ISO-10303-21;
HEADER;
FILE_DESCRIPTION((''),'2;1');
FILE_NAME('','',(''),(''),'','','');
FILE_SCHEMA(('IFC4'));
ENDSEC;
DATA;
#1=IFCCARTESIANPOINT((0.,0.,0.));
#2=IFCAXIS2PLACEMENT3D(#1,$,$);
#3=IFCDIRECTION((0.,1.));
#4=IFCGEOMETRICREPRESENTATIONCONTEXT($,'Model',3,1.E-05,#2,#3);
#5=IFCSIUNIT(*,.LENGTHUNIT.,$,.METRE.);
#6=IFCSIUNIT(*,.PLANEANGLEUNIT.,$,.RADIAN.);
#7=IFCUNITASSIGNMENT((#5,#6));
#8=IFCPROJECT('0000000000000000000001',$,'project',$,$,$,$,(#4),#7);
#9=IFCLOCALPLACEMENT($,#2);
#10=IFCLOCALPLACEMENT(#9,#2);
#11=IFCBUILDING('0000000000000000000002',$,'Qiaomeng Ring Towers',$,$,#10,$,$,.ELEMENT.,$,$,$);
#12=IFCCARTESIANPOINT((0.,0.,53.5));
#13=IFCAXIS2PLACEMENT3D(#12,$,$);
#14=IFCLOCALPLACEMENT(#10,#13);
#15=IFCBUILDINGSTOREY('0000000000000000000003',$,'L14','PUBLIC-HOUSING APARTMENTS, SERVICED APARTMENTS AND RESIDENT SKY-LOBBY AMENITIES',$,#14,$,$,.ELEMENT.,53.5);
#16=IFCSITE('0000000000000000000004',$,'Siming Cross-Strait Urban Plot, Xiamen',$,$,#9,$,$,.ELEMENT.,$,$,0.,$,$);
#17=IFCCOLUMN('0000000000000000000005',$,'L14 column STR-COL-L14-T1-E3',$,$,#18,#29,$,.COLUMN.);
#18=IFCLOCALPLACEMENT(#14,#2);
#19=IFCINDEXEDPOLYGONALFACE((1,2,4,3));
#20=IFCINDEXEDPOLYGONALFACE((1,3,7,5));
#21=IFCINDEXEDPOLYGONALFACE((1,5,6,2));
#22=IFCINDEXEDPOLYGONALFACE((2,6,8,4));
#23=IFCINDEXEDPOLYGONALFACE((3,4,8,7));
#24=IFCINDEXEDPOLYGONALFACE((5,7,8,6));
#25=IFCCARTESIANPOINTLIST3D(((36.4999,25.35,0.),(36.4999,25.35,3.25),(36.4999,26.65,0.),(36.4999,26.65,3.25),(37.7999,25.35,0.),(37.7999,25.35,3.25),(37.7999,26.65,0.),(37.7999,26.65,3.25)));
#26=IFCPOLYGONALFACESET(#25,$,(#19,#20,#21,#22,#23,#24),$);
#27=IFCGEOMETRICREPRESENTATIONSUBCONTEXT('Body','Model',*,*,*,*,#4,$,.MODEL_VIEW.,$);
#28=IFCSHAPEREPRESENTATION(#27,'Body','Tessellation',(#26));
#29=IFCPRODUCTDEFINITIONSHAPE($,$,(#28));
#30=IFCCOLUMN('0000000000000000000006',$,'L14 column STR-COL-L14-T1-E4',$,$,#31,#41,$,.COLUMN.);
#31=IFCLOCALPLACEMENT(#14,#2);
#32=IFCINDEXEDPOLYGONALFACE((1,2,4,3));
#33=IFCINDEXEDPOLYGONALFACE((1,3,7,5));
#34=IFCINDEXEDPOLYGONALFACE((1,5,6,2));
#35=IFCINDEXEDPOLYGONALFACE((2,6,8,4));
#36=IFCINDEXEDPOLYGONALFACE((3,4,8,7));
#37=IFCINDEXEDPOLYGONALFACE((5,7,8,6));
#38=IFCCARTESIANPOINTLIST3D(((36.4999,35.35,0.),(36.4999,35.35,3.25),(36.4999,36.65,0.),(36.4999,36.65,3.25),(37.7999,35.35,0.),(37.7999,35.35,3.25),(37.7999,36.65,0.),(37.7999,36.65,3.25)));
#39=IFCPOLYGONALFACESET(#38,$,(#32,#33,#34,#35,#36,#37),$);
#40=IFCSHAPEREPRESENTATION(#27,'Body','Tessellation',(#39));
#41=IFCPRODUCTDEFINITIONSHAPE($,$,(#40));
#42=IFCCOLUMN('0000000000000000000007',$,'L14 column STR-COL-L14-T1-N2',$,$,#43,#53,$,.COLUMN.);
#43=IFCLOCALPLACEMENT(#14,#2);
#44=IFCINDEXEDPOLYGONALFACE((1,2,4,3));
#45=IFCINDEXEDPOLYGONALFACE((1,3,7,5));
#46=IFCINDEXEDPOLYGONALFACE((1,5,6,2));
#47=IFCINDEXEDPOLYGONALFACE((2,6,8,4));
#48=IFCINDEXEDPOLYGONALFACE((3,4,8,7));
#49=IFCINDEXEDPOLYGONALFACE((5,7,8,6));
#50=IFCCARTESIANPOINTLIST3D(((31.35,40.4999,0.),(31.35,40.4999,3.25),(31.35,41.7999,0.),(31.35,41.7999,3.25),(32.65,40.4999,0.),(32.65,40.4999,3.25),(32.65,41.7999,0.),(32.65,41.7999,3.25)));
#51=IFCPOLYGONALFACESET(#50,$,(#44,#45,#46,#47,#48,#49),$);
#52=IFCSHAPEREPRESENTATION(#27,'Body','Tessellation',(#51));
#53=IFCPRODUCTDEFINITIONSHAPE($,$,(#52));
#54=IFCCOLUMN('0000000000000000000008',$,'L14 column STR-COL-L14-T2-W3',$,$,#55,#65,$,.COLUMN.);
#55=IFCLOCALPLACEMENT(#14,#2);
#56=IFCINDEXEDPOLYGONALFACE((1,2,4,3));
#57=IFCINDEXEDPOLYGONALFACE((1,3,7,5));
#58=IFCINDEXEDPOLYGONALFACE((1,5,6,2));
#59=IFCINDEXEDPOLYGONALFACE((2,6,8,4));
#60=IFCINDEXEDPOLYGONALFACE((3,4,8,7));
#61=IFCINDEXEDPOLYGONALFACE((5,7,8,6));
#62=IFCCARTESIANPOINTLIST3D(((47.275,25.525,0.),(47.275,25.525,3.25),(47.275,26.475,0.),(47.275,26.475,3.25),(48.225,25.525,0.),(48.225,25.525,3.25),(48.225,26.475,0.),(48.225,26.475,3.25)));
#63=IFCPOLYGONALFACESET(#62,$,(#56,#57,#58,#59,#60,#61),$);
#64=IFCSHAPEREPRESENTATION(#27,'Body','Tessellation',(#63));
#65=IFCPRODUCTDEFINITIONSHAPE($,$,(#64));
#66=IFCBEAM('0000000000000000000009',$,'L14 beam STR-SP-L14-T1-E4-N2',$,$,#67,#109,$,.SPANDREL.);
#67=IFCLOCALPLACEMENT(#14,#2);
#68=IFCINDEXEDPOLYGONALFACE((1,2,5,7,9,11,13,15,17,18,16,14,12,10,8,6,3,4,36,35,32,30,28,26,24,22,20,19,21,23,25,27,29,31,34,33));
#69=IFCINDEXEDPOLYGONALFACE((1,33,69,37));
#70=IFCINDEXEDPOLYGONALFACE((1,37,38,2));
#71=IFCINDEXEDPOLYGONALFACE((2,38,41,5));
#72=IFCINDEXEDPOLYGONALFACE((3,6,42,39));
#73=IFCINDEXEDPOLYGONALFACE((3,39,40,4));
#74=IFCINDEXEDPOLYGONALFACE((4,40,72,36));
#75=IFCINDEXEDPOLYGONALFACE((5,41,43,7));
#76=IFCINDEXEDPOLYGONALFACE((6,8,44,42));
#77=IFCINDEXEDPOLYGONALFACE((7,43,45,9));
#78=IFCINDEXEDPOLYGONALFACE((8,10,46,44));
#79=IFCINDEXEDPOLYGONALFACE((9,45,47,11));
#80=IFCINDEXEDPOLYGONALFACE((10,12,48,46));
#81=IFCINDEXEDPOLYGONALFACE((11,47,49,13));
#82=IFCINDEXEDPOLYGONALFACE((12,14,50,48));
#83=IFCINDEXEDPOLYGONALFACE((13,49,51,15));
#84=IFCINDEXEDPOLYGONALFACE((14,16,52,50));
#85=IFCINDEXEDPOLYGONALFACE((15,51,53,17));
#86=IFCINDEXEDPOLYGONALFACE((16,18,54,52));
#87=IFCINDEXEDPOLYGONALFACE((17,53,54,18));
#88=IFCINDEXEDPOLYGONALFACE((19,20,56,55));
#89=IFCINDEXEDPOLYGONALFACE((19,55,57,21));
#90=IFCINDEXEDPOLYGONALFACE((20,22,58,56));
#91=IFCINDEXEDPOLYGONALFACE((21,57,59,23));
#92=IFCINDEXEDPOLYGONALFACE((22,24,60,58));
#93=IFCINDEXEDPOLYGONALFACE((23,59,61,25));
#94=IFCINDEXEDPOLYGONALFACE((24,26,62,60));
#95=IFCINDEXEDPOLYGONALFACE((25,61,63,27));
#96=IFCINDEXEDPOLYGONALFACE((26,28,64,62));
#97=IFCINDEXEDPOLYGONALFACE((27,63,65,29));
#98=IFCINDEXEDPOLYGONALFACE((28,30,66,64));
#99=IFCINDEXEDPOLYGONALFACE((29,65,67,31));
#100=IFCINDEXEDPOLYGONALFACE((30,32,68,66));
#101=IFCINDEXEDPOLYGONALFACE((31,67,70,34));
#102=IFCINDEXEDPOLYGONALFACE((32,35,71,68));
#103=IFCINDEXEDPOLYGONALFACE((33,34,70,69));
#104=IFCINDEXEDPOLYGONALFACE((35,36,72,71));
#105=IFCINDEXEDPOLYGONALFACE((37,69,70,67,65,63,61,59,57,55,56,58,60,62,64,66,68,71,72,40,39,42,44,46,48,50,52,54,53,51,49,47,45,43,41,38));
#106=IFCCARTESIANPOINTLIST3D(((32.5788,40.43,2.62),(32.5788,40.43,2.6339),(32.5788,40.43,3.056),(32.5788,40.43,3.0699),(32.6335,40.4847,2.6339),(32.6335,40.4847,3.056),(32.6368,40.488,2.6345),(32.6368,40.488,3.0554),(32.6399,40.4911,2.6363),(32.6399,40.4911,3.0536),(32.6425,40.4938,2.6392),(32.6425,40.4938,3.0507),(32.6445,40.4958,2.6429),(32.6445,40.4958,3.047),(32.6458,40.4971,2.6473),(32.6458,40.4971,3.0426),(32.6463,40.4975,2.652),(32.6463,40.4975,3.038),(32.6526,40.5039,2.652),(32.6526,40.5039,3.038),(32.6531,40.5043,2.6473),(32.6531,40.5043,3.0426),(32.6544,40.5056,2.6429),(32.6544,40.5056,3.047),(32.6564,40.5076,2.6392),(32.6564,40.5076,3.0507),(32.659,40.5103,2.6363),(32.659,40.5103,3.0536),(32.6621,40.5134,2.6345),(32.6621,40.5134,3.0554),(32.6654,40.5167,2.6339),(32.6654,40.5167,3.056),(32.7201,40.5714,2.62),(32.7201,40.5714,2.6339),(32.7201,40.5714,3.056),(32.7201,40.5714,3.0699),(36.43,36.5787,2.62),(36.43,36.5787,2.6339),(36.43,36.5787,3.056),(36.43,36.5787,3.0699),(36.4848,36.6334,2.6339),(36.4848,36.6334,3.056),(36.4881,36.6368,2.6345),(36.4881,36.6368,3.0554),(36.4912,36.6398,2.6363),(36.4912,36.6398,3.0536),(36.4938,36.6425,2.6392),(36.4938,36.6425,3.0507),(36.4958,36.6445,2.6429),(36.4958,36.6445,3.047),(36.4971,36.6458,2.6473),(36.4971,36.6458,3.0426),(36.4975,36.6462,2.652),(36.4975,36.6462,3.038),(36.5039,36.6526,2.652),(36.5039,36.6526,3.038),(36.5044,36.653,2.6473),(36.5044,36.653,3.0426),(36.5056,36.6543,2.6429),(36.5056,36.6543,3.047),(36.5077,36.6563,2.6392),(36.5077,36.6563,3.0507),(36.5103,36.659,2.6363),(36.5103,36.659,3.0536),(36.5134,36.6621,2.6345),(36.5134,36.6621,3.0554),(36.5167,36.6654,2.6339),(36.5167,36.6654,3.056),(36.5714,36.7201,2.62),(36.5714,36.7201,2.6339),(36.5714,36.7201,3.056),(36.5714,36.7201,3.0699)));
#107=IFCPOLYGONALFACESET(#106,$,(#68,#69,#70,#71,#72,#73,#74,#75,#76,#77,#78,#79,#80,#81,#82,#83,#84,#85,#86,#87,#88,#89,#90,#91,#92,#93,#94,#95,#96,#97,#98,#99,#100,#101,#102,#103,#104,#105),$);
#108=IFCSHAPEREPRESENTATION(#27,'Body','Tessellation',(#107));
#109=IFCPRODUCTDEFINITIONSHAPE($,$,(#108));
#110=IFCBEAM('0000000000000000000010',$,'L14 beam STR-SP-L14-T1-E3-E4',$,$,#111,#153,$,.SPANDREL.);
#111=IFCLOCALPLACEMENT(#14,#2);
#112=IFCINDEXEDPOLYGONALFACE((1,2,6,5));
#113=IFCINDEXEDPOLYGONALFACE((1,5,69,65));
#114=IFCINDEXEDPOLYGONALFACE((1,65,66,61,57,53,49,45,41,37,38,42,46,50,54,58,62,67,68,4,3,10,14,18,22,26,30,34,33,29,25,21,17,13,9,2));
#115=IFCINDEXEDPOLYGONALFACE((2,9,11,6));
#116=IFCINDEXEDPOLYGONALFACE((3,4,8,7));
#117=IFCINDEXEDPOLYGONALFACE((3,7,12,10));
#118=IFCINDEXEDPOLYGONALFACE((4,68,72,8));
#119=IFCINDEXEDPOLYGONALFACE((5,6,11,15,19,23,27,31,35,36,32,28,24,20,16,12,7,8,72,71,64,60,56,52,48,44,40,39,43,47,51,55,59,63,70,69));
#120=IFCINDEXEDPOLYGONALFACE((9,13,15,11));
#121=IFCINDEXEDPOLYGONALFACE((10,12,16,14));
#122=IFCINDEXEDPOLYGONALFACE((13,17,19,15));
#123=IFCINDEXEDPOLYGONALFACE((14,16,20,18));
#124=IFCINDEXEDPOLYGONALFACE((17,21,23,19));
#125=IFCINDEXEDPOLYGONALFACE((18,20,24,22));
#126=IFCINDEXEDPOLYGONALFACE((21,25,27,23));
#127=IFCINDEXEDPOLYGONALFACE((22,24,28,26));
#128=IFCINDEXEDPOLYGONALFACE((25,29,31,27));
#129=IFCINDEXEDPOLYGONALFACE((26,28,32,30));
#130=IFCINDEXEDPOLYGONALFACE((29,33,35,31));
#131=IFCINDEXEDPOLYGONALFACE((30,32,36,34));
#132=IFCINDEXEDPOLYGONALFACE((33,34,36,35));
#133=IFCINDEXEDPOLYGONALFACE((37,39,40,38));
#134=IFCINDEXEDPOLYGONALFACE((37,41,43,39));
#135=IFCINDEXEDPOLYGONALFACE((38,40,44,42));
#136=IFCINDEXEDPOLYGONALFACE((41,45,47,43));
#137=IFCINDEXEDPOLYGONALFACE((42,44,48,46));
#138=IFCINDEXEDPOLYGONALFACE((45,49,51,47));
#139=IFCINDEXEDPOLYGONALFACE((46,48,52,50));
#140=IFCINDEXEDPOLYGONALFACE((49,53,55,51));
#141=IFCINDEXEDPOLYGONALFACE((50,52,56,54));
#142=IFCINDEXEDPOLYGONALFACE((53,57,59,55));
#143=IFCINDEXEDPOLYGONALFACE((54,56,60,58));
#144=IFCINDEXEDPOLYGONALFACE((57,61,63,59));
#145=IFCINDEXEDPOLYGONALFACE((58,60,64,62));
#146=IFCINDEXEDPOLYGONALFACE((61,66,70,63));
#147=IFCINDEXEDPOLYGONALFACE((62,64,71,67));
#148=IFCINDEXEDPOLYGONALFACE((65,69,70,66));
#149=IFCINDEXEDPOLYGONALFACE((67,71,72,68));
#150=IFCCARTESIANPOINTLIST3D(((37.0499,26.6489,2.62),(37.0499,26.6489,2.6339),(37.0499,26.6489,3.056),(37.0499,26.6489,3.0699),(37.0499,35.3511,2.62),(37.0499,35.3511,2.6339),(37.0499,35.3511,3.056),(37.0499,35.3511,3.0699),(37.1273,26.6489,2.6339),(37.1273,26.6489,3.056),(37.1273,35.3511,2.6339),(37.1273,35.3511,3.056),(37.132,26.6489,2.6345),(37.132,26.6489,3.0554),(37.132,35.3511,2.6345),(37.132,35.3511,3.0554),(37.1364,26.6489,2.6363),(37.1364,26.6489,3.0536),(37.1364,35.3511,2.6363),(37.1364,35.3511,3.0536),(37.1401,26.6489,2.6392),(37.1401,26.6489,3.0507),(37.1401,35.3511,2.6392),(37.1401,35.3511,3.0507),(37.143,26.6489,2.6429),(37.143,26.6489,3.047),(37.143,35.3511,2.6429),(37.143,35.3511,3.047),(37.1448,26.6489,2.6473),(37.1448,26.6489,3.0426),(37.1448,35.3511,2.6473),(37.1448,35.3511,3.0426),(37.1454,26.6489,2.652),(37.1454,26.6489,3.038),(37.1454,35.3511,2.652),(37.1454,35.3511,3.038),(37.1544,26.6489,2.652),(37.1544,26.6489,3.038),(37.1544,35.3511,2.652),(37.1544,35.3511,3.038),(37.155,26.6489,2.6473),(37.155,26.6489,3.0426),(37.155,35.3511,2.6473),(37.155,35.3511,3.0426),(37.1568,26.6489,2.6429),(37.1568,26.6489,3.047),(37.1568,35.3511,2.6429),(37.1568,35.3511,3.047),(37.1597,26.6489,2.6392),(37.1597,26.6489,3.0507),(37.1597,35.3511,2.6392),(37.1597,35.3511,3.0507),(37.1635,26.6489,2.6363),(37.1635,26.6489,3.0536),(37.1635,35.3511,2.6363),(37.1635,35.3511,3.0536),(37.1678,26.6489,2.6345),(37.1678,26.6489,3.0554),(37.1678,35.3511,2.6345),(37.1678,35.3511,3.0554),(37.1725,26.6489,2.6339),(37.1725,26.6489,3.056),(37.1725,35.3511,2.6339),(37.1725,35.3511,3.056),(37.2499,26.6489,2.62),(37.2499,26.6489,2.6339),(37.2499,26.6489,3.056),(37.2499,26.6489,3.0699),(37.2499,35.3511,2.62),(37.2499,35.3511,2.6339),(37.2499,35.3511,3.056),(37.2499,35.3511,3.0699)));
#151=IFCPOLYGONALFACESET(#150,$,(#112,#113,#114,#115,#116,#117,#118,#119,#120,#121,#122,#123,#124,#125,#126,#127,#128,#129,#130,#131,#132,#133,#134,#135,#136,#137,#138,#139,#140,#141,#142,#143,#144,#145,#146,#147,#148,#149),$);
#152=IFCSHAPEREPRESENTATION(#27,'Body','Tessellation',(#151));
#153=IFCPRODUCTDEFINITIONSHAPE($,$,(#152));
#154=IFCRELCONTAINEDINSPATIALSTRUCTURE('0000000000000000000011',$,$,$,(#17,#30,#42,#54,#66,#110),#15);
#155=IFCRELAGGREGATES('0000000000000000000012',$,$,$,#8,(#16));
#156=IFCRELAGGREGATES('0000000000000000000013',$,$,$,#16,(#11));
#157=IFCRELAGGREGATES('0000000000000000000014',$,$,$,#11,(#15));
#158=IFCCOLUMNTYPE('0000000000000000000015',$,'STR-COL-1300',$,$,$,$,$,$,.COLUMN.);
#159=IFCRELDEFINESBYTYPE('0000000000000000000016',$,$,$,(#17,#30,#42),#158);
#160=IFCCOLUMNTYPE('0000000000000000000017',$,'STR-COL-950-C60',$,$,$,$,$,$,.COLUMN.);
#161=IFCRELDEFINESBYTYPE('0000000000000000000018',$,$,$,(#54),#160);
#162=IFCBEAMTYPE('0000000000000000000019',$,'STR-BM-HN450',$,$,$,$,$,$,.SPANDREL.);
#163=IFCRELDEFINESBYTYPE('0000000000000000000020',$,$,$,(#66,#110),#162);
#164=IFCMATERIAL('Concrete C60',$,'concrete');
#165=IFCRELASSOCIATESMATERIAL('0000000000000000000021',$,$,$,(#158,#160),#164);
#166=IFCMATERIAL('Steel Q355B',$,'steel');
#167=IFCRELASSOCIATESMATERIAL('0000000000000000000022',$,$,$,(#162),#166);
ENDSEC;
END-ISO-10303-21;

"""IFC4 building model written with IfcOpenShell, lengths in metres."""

from ifc_helpers import new_model, si_unit, direction, frame, origin, origin_2d, place, context, subcontext, project, spatial, rectangle, i_section, extrude, source, transform, mapped, material, material_profile, profile_set, type_object, element, save


model = new_model("IFC4")

# Units and contexts
model_context = context("Model", 3, precision=1e-05, world=origin(), true_north=direction((0.0, 1.0)))
body_context = subcontext(model_context, "Body", "Model", "MODEL_VIEW")
ifc_project = project(units=[si_unit("LENGTHUNIT", "METRE"), si_unit("PLANEANGLEUNIT", "RADIAN")], contexts=[model_context])

# Site, building, storey
site_placement = place(None, origin())
site = spatial("IfcSite", under=ifc_project, at=site_placement, Name="Siming Cross-Strait Urban Plot, Xiamen", CompositionType="ELEMENT", RefElevation=0.0)
building_placement = place(site_placement, origin())
building = spatial("IfcBuilding", under=site, at=building_placement, Name="Qiaomeng Ring Towers", CompositionType="ELEMENT")
storey_placement = place(building_placement, frame((0.0, 0.0, 53.5)))
storey = spatial("IfcBuildingStorey", under=building, at=storey_placement, Name="L14", Description="PUBLIC-HOUSING APARTMENTS, SERVICED APARTMENTS AND RESIDENT SKY-LOBBY AMENITIES", CompositionType="ELEMENT", Elevation=53.5)

# Columns
ifc_material_1 = material(Name="Concrete C60", Category="concrete")
ifc_material_profile_1 = material_profile(ifc_material_1, rectangle(XDim=1.3, YDim=1.3, at=origin_2d()), Name="RC COL 1300x1300")
ifc_profile_set_1 = profile_set([ifc_material_profile_1], Name="Concrete C60")
column_type_1 = type_object("IfcColumnType", Name="STR-COL-1300", PredefinedType="COLUMN", material=ifc_profile_set_1)
shared_shape_1 = source(origin(), body_context, "Body", "SweptSolid", [
    extrude(rectangle(XDim=1.3, YDim=1.3, at=origin_2d()), origin(), (0.0, 0.0, 1.0), 3.25),
])
for number, where, z_axis, x_axis, name in (
    (1, (37.1499, 26.0, 0.0), (0.0, 0.0, 1.0), (1.0, 0.0, 0.0), "L14 column STR-COL-L14-T1-E3"),
    (2, (37.1499, 36.0, 0.0), (0.0, 0.0, 1.0), (1.0, 0.0, 0.0), "L14 column STR-COL-L14-T1-E4"),
    (3, (32.0, 41.1499, 0.0), (0.0, 0.0, 1.0), (1.0, 0.0, 0.0), "L14 column STR-COL-L14-T1-N2"),
):
    element("IfcColumn", number, at=place(storey_placement, frame(where, z_axis=z_axis, x_axis=x_axis)), inside=storey, type_object=column_type_1, Name=name, PredefinedType="COLUMN", context=body_context, shape_type="MappedRepresentation", body=[
        mapped(shared_shape_1, transform((0.0, 0.0, 0.0), x_axis=(1.0, 0.0, 0.0), y_axis=(0.0, 1.0, 0.0), z_axis=(0.0, 0.0, 1.0), scale=1.0)),
    ])
ifc_material_profile_2 = material_profile(ifc_material_1, rectangle(XDim=0.95, YDim=0.95, at=origin_2d()), Name="RC COL 950x950")
ifc_profile_set_2 = profile_set([ifc_material_profile_2], Name="Concrete C60")
column_type_2 = type_object("IfcColumnType", Name="STR-COL-950-C60", PredefinedType="COLUMN", material=ifc_profile_set_2)
shared_shape_2 = source(origin(), body_context, "Body", "SweptSolid", [
    extrude(rectangle(XDim=0.95, YDim=0.95, at=origin_2d()), origin(), (0.0, 0.0, 1.0), 3.25),
])
column_placement = place(storey_placement, frame((47.75, 26.0, 0.0), z_axis=(0.0, 0.0, 1.0), x_axis=(1.0, 0.0, 0.0)))
element("IfcColumn", 4, at=column_placement, inside=storey, type_object=column_type_2, Name="L14 column STR-COL-L14-T2-W3", PredefinedType="COLUMN", context=body_context, shape_type="MappedRepresentation", body=[
    mapped(shared_shape_2, transform((0.0, 0.0, 0.0), x_axis=(1.0, 0.0, 0.0), y_axis=(0.0, 1.0, 0.0), z_axis=(0.0, 0.0, 1.0), scale=1.0)),
])

# Beams
ifc_material_2 = material(Name="Steel Q355B", Category="steel")
ifc_material_profile_3 = material_profile(ifc_material_2, i_section(OverallWidth=0.2, OverallDepth=0.45, WebThickness=0.009, FlangeThickness=0.0139, FilletRadius=0.0181, at=origin_2d()), Name="HN 450x200x9x14")
ifc_profile_set_3 = profile_set([ifc_material_profile_3], Name="Steel Q355B")
beam_type_1 = type_object("IfcBeamType", Name="STR-BM-HN450", PredefinedType="SPANDREL", material=ifc_profile_set_3)
shared_shape_3 = source(origin(), body_context, "Body", "SweptSolid", [
    extrude(i_section(OverallWidth=0.2, OverallDepth=0.45, WebThickness=0.009, FlangeThickness=0.0139, FilletRadius=0.0181, at=origin_2d()), origin(), (0.0, 0.0, 1.0), 5.4465),
])
beam_1_placement = place(storey_placement, frame((36.5007, 36.6494, 2.845), z_axis=(-0.707107, 0.707107, 0.0), x_axis=(-0.707107, -0.707107, 0.0)))
element("IfcBeam", 5, at=beam_1_placement, inside=storey, type_object=beam_type_1, Name="L14 beam STR-SP-L14-T1-E4-N2", PredefinedType="SPANDREL", context=body_context, shape_type="MappedRepresentation", body=[
    mapped(shared_shape_3, transform((0.0, 0.0, 0.0), x_axis=(1.0, 0.0, 0.0), y_axis=(0.0, 1.0, 0.0), z_axis=(0.0, 0.0, 1.0), scale=1.0)),
])
shared_shape_4 = source(origin(), body_context, "Body", "SweptSolid", [
    extrude(i_section(OverallWidth=0.2, OverallDepth=0.45, WebThickness=0.009, FlangeThickness=0.0139, FilletRadius=0.0181, at=origin_2d()), origin(), (0.0, 0.0, 1.0), 8.7021),
])
beam_2_placement = place(storey_placement, frame((37.1499, 26.6489, 2.845), z_axis=(0.0, 1.0, 0.0), x_axis=(-1.0, 0.0, 0.0)))
element("IfcBeam", 6, at=beam_2_placement, inside=storey, type_object=beam_type_1, Name="L14 beam STR-SP-L14-T1-E3-E4", PredefinedType="SPANDREL", context=body_context, shape_type="MappedRepresentation", body=[
    mapped(shared_shape_4, transform((0.0, 0.0, 0.0), x_axis=(1.0, 0.0, 0.0), y_axis=(0.0, 1.0, 0.0), z_axis=(0.0, 0.0, 1.0), scale=1.0)),
])

save(model, "model.ifc")
